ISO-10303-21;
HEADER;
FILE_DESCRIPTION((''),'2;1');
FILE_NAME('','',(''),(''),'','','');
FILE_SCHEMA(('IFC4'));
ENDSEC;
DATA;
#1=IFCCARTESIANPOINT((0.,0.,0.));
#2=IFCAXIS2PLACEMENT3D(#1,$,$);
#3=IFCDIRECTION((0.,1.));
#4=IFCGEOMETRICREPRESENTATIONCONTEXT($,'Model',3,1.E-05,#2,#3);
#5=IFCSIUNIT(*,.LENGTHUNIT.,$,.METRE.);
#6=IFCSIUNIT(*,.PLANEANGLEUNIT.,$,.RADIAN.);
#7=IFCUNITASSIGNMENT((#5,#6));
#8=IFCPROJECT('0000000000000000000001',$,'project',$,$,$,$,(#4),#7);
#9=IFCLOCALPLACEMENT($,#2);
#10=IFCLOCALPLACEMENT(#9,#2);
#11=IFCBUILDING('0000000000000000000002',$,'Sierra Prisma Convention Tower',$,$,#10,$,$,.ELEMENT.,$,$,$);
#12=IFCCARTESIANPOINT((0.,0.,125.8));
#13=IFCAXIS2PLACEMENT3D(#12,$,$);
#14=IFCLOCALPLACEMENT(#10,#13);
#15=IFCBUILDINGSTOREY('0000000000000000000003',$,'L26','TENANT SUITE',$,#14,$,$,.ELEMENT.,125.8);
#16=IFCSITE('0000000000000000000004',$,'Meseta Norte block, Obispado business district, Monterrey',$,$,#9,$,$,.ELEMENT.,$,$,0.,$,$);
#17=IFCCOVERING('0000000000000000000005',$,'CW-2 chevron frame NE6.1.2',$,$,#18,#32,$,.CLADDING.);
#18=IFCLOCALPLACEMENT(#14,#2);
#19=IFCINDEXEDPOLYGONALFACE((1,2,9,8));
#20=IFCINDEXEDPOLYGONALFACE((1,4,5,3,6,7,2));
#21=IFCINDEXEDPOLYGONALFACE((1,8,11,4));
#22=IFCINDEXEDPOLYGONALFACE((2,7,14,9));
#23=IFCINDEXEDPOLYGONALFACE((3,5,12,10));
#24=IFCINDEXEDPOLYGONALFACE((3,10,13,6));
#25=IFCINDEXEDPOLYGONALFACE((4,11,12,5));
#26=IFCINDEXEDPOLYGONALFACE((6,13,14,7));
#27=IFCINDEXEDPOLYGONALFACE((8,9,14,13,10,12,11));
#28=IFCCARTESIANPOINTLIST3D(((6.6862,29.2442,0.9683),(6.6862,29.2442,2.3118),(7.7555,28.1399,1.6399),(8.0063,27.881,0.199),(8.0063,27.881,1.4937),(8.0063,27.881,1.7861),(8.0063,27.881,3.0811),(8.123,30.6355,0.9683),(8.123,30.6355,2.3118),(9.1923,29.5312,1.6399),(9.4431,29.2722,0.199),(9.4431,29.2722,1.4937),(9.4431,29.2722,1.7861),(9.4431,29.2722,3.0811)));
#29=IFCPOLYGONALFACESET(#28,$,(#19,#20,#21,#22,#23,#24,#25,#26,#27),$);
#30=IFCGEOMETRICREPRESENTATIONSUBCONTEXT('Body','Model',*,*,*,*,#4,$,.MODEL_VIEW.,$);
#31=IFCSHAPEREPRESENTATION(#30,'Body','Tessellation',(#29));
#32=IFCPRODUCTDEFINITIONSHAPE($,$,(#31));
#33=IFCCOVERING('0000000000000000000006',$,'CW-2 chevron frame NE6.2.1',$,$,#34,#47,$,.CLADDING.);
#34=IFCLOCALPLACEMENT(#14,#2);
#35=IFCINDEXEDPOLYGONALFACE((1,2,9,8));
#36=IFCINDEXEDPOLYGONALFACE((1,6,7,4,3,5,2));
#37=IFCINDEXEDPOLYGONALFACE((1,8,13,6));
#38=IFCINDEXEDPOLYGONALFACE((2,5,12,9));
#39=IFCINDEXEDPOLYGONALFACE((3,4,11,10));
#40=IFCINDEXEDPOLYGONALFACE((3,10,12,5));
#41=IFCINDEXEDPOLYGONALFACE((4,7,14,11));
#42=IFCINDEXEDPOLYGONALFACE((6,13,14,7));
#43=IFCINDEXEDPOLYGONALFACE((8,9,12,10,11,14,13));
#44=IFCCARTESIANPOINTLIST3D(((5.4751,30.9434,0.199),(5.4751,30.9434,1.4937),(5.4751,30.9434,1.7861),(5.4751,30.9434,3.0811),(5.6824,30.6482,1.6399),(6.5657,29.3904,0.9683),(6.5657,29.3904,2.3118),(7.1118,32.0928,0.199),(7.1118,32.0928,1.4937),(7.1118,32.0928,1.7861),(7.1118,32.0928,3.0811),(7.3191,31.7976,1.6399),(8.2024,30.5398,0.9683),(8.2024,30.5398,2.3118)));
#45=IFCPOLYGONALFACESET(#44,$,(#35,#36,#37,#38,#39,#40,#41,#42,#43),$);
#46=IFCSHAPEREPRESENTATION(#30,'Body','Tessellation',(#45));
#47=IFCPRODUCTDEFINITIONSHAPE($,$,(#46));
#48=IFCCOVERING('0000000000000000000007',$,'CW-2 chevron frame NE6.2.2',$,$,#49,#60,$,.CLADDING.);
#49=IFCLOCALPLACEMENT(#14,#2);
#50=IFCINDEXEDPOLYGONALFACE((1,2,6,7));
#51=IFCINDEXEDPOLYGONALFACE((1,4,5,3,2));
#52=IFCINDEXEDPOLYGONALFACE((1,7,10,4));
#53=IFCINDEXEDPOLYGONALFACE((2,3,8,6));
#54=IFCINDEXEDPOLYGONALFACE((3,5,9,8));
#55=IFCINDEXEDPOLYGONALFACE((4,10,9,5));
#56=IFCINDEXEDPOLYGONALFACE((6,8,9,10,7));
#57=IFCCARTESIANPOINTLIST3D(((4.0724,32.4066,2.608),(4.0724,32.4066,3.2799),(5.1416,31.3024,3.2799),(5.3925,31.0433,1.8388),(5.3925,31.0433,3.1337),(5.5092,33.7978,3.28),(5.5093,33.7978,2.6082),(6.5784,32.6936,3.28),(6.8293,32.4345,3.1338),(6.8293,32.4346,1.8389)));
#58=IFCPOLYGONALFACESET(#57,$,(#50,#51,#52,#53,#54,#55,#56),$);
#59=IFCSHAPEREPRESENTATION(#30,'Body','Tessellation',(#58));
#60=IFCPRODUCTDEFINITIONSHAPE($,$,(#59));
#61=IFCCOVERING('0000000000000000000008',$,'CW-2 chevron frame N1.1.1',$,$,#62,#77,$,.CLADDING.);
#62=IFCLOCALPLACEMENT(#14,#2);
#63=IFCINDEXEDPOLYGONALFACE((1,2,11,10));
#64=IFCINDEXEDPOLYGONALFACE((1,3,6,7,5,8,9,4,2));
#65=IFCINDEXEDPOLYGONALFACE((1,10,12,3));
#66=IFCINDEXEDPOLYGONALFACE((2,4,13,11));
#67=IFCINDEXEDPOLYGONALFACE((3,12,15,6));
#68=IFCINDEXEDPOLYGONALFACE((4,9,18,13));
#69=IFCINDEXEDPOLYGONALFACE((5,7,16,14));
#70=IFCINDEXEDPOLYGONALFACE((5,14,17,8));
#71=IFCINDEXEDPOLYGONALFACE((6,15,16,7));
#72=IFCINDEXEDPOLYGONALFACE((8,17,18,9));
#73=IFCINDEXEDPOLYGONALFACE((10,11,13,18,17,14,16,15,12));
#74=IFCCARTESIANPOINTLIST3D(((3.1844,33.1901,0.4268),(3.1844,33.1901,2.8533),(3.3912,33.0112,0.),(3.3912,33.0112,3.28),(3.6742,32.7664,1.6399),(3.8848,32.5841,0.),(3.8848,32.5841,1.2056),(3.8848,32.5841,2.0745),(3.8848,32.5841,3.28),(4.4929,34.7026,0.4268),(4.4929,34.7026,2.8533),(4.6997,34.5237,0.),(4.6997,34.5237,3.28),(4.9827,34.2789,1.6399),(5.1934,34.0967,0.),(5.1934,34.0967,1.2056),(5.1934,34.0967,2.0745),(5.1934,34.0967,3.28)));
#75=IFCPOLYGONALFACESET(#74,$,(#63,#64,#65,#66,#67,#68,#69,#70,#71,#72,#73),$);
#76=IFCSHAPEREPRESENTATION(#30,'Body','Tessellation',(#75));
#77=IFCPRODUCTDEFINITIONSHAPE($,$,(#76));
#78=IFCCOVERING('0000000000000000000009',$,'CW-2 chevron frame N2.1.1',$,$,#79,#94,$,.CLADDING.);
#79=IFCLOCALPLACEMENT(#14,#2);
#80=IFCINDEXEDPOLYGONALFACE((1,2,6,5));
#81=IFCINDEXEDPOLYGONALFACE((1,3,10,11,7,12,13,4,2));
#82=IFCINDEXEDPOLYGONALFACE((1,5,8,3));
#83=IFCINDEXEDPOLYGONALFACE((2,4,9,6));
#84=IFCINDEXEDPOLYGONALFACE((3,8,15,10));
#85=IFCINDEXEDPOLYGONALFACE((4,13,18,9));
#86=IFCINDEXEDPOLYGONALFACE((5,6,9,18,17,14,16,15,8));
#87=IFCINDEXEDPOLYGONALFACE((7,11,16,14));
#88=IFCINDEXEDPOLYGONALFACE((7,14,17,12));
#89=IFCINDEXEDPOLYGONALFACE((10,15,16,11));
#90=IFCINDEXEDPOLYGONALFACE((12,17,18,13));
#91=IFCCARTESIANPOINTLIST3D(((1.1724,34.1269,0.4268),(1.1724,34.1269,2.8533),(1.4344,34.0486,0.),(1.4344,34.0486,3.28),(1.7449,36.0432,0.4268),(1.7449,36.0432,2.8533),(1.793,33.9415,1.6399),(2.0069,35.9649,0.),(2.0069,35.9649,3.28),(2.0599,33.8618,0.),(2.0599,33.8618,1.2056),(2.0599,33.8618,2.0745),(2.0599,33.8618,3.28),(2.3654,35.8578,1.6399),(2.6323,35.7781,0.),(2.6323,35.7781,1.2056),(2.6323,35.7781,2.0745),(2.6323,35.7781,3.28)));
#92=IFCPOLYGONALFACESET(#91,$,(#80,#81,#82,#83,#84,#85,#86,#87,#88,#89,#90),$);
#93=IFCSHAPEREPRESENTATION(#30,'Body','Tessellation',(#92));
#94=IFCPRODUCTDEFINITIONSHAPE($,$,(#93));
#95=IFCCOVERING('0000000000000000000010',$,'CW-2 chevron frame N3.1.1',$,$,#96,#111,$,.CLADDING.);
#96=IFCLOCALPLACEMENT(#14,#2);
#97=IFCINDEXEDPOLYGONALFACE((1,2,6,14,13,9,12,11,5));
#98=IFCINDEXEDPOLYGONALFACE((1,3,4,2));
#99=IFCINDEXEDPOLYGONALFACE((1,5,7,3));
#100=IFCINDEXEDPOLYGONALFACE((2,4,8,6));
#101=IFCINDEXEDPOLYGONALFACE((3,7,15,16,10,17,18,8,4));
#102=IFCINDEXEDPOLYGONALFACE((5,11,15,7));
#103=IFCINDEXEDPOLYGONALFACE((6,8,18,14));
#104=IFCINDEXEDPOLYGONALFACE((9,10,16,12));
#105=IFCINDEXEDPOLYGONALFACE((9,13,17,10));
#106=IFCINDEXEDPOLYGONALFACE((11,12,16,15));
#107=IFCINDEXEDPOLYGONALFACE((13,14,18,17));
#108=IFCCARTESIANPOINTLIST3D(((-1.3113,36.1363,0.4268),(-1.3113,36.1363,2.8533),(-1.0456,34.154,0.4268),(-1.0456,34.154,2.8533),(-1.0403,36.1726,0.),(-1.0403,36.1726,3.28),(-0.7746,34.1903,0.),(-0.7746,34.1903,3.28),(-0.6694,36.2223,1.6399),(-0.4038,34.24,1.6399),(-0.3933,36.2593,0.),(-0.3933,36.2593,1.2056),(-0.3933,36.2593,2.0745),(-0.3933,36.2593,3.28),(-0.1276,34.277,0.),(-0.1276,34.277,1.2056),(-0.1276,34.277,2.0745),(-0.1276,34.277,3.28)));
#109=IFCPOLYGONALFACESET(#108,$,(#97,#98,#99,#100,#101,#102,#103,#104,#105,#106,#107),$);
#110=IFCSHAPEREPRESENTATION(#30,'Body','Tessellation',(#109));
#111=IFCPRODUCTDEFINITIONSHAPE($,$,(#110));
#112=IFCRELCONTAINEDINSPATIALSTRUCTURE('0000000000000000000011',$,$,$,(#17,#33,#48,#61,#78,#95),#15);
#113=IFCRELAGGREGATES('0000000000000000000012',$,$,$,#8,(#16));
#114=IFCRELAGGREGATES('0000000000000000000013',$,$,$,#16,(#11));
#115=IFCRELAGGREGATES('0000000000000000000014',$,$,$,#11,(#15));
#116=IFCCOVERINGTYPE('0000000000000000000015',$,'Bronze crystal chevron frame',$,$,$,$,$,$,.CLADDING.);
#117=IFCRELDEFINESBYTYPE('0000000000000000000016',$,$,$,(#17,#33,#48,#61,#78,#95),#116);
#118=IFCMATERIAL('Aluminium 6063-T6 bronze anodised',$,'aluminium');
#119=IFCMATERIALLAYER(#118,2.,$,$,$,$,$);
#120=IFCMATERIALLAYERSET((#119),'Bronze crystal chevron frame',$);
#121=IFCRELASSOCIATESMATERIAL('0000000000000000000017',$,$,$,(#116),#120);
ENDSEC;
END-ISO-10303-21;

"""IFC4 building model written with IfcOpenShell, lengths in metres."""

from ifc_helpers import new_model, si_unit, direction, frame, origin, place, context, subcontext, project, spatial, polyline, outline, extrude, material, layer, layer_set, type_object, element, save


model = new_model("IFC4")

# Units and contexts
model_context = context("Model", 3, precision=1e-05, world=origin(), true_north=direction((0.0, 1.0)))
body_context = subcontext(model_context, "Body", "Model", "MODEL_VIEW")
ifc_project = project(units=[si_unit("LENGTHUNIT", "METRE"), si_unit("PLANEANGLEUNIT", "RADIAN")], contexts=[model_context])

# Site, building, storey
site_placement = place(None, origin())
site = spatial("IfcSite", under=ifc_project, at=site_placement, Name="Meseta Norte block, Obispado business district, Monterrey", CompositionType="ELEMENT", RefElevation=0.0)
building_placement = place(site_placement, origin())
building = spatial("IfcBuilding", under=site, at=building_placement, Name="Sierra Prisma Convention Tower", CompositionType="ELEMENT")
storey_placement = place(building_placement, frame((0.0, 0.0, 125.8)))
storey = spatial("IfcBuildingStorey", under=building, at=storey_placement, Name="L26", Description="TENANT SUITE", CompositionType="ELEMENT", Elevation=125.8)

# Coverings
ifc_material_1 = material(Name="Aluminium 6063-T6 bronze anodised", Category="aluminium")
ifc_layer_1 = layer(ifc_material_1, 2.0)
ifc_layer_set_1 = layer_set([ifc_layer_1], Name="Bronze crystal chevron frame")
covering_type = type_object("IfcCoveringType", Name="Bronze crystal chevron frame", PredefinedType="CLADDING", material=ifc_layer_set_1)
covering_1_placement = place(storey_placement, frame((9.4431, 29.2722, 1.4937), z_axis=(0.718399, 0.695631, 0.0), x_axis=(0.0, 0.0, -1.0)))
element("IfcCovering", 1, at=covering_1_placement, inside=storey, type_object=covering_type, Name="CW-2 chevron frame NE6.1.2", PredefinedType="CLADDING", context=body_context, shape_type="SweptSolid", body=[
    extrude(outline(polyline([(0.0, 0.0), (1.2947, 0.0), (0.5254, 1.8977), (-0.8181, 1.8977), (-1.5874, 0.0), (-0.2925, 0.0), (-0.1462, 0.3605), (0.0, 0.0)])), origin(), (0.0, 0.0, -1.0), 2.0),
])
covering_2_placement = place(storey_placement, frame((8.2024, 30.5398, 0.9683), z_axis=(0.818367, 0.574697, 0.0), x_axis=(-0.532597, 0.758417, -0.375691)))
element("IfcCovering", 2, at=covering_2_placement, inside=storey, type_object=covering_type, Name="CW-2 chevron frame NE6.2.1", PredefinedType="CLADDING", context=body_context, shape_type="SweptSolid", body=[
    extrude(outline(polyline([(0.0, 0.0), (2.0477, 0.0), (1.5613, 1.1998), (1.1721, 1.1999), (1.4514, 1.4709), (0.9649, 2.671), (-0.5047, 1.2451), (0.0, 0.0)])), origin(), (0.0, 0.0, -1.0), 2.0),
])
covering_3_placement = place(storey_placement, frame((6.8293, 32.4346, 1.8389), z_axis=(0.718404, 0.695626, 0.000053), x_axis=(-0.644683, 0.665763, 0.375691)))
element("IfcCovering", 3, at=covering_3_placement, inside=storey, type_object=covering_type, Name="CW-2 chevron frame NE6.2.2", PredefinedType="CLADDING", context=body_context, shape_type="SweptSolid", body=[
    extrude(outline(polyline([(0.0, 0.0), (2.0477, 0.0), (2.3001, 0.6227), (0.8757, 1.2001), (0.4865, 1.2001), (0.0, 0.0)])), origin(), (0.0, 0.0, -1.0), 2.0),
])
covering_4_placement = place(storey_placement, frame((5.1934, 34.0967, 0.0), z_axis=(0.654265, 0.756265, 0.0), x_axis=(-0.756265, 0.654265, 0.0)))
element("IfcCovering", 4, at=covering_4_placement, inside=storey, type_object=covering_type, Name="CW-2 chevron frame N1.1.1", PredefinedType="CLADDING", context=body_context, shape_type="SweptSolid", body=[
    extrude(outline(polyline([(0.0, 0.0), (0.6527, 0.0), (0.9262, 0.4268), (0.9262, 2.8533), (0.6527, 3.28), (0.0, 3.28), (0.0, 2.0745), (0.2785, 1.6399), (0.0, 1.2056), (0.0, 0.0)])), origin(), (0.0, 0.0, -1.0), 2.0),
])
covering_5_placement = place(storey_placement, frame((2.6323, 35.7781, 0.0), z_axis=(0.286229, 0.958161, 0.0), x_axis=(-0.958161, 0.286229, 0.0)))
element("IfcCovering", 5, at=covering_5_placement, inside=storey, type_object=covering_type, Name="CW-2 chevron frame N2.1.1", PredefinedType="CLADDING", context=body_context, shape_type="SweptSolid", body=[
    extrude(outline(polyline([(0.0, 0.0), (0.6528, 0.0), (0.9262, 0.4268), (0.9262, 2.8533), (0.6528, 3.28), (0.0, 3.28), (0.0, 2.0745), (0.2785, 1.6399), (0.0, 1.2056), (0.0, 0.0)])), origin(), (0.0, 0.0, -1.0), 2.0),
])
covering_6_placement = place(storey_placement, frame((-0.3933, 36.2593, 0.0), z_axis=(-0.132832, 0.991139, 0.0), x_axis=(-0.991139, -0.132832, 0.0)))
element("IfcCovering", 6, at=covering_6_placement, inside=storey, type_object=covering_type, Name="CW-2 chevron frame N3.1.1", PredefinedType="CLADDING", context=body_context, shape_type="SweptSolid", body=[
    extrude(outline(polyline([(0.0, 0.0), (0.6528, 0.0), (0.9262, 0.4268), (0.9262, 2.8533), (0.6528, 3.28), (0.0, 3.28), (0.0, 2.0745), (0.2786, 1.6399), (0.0, 1.2056), (0.0, 0.0)])), origin(), (0.0, 0.0, -1.0), 2.0),
])

save(model, "model.ifc")
